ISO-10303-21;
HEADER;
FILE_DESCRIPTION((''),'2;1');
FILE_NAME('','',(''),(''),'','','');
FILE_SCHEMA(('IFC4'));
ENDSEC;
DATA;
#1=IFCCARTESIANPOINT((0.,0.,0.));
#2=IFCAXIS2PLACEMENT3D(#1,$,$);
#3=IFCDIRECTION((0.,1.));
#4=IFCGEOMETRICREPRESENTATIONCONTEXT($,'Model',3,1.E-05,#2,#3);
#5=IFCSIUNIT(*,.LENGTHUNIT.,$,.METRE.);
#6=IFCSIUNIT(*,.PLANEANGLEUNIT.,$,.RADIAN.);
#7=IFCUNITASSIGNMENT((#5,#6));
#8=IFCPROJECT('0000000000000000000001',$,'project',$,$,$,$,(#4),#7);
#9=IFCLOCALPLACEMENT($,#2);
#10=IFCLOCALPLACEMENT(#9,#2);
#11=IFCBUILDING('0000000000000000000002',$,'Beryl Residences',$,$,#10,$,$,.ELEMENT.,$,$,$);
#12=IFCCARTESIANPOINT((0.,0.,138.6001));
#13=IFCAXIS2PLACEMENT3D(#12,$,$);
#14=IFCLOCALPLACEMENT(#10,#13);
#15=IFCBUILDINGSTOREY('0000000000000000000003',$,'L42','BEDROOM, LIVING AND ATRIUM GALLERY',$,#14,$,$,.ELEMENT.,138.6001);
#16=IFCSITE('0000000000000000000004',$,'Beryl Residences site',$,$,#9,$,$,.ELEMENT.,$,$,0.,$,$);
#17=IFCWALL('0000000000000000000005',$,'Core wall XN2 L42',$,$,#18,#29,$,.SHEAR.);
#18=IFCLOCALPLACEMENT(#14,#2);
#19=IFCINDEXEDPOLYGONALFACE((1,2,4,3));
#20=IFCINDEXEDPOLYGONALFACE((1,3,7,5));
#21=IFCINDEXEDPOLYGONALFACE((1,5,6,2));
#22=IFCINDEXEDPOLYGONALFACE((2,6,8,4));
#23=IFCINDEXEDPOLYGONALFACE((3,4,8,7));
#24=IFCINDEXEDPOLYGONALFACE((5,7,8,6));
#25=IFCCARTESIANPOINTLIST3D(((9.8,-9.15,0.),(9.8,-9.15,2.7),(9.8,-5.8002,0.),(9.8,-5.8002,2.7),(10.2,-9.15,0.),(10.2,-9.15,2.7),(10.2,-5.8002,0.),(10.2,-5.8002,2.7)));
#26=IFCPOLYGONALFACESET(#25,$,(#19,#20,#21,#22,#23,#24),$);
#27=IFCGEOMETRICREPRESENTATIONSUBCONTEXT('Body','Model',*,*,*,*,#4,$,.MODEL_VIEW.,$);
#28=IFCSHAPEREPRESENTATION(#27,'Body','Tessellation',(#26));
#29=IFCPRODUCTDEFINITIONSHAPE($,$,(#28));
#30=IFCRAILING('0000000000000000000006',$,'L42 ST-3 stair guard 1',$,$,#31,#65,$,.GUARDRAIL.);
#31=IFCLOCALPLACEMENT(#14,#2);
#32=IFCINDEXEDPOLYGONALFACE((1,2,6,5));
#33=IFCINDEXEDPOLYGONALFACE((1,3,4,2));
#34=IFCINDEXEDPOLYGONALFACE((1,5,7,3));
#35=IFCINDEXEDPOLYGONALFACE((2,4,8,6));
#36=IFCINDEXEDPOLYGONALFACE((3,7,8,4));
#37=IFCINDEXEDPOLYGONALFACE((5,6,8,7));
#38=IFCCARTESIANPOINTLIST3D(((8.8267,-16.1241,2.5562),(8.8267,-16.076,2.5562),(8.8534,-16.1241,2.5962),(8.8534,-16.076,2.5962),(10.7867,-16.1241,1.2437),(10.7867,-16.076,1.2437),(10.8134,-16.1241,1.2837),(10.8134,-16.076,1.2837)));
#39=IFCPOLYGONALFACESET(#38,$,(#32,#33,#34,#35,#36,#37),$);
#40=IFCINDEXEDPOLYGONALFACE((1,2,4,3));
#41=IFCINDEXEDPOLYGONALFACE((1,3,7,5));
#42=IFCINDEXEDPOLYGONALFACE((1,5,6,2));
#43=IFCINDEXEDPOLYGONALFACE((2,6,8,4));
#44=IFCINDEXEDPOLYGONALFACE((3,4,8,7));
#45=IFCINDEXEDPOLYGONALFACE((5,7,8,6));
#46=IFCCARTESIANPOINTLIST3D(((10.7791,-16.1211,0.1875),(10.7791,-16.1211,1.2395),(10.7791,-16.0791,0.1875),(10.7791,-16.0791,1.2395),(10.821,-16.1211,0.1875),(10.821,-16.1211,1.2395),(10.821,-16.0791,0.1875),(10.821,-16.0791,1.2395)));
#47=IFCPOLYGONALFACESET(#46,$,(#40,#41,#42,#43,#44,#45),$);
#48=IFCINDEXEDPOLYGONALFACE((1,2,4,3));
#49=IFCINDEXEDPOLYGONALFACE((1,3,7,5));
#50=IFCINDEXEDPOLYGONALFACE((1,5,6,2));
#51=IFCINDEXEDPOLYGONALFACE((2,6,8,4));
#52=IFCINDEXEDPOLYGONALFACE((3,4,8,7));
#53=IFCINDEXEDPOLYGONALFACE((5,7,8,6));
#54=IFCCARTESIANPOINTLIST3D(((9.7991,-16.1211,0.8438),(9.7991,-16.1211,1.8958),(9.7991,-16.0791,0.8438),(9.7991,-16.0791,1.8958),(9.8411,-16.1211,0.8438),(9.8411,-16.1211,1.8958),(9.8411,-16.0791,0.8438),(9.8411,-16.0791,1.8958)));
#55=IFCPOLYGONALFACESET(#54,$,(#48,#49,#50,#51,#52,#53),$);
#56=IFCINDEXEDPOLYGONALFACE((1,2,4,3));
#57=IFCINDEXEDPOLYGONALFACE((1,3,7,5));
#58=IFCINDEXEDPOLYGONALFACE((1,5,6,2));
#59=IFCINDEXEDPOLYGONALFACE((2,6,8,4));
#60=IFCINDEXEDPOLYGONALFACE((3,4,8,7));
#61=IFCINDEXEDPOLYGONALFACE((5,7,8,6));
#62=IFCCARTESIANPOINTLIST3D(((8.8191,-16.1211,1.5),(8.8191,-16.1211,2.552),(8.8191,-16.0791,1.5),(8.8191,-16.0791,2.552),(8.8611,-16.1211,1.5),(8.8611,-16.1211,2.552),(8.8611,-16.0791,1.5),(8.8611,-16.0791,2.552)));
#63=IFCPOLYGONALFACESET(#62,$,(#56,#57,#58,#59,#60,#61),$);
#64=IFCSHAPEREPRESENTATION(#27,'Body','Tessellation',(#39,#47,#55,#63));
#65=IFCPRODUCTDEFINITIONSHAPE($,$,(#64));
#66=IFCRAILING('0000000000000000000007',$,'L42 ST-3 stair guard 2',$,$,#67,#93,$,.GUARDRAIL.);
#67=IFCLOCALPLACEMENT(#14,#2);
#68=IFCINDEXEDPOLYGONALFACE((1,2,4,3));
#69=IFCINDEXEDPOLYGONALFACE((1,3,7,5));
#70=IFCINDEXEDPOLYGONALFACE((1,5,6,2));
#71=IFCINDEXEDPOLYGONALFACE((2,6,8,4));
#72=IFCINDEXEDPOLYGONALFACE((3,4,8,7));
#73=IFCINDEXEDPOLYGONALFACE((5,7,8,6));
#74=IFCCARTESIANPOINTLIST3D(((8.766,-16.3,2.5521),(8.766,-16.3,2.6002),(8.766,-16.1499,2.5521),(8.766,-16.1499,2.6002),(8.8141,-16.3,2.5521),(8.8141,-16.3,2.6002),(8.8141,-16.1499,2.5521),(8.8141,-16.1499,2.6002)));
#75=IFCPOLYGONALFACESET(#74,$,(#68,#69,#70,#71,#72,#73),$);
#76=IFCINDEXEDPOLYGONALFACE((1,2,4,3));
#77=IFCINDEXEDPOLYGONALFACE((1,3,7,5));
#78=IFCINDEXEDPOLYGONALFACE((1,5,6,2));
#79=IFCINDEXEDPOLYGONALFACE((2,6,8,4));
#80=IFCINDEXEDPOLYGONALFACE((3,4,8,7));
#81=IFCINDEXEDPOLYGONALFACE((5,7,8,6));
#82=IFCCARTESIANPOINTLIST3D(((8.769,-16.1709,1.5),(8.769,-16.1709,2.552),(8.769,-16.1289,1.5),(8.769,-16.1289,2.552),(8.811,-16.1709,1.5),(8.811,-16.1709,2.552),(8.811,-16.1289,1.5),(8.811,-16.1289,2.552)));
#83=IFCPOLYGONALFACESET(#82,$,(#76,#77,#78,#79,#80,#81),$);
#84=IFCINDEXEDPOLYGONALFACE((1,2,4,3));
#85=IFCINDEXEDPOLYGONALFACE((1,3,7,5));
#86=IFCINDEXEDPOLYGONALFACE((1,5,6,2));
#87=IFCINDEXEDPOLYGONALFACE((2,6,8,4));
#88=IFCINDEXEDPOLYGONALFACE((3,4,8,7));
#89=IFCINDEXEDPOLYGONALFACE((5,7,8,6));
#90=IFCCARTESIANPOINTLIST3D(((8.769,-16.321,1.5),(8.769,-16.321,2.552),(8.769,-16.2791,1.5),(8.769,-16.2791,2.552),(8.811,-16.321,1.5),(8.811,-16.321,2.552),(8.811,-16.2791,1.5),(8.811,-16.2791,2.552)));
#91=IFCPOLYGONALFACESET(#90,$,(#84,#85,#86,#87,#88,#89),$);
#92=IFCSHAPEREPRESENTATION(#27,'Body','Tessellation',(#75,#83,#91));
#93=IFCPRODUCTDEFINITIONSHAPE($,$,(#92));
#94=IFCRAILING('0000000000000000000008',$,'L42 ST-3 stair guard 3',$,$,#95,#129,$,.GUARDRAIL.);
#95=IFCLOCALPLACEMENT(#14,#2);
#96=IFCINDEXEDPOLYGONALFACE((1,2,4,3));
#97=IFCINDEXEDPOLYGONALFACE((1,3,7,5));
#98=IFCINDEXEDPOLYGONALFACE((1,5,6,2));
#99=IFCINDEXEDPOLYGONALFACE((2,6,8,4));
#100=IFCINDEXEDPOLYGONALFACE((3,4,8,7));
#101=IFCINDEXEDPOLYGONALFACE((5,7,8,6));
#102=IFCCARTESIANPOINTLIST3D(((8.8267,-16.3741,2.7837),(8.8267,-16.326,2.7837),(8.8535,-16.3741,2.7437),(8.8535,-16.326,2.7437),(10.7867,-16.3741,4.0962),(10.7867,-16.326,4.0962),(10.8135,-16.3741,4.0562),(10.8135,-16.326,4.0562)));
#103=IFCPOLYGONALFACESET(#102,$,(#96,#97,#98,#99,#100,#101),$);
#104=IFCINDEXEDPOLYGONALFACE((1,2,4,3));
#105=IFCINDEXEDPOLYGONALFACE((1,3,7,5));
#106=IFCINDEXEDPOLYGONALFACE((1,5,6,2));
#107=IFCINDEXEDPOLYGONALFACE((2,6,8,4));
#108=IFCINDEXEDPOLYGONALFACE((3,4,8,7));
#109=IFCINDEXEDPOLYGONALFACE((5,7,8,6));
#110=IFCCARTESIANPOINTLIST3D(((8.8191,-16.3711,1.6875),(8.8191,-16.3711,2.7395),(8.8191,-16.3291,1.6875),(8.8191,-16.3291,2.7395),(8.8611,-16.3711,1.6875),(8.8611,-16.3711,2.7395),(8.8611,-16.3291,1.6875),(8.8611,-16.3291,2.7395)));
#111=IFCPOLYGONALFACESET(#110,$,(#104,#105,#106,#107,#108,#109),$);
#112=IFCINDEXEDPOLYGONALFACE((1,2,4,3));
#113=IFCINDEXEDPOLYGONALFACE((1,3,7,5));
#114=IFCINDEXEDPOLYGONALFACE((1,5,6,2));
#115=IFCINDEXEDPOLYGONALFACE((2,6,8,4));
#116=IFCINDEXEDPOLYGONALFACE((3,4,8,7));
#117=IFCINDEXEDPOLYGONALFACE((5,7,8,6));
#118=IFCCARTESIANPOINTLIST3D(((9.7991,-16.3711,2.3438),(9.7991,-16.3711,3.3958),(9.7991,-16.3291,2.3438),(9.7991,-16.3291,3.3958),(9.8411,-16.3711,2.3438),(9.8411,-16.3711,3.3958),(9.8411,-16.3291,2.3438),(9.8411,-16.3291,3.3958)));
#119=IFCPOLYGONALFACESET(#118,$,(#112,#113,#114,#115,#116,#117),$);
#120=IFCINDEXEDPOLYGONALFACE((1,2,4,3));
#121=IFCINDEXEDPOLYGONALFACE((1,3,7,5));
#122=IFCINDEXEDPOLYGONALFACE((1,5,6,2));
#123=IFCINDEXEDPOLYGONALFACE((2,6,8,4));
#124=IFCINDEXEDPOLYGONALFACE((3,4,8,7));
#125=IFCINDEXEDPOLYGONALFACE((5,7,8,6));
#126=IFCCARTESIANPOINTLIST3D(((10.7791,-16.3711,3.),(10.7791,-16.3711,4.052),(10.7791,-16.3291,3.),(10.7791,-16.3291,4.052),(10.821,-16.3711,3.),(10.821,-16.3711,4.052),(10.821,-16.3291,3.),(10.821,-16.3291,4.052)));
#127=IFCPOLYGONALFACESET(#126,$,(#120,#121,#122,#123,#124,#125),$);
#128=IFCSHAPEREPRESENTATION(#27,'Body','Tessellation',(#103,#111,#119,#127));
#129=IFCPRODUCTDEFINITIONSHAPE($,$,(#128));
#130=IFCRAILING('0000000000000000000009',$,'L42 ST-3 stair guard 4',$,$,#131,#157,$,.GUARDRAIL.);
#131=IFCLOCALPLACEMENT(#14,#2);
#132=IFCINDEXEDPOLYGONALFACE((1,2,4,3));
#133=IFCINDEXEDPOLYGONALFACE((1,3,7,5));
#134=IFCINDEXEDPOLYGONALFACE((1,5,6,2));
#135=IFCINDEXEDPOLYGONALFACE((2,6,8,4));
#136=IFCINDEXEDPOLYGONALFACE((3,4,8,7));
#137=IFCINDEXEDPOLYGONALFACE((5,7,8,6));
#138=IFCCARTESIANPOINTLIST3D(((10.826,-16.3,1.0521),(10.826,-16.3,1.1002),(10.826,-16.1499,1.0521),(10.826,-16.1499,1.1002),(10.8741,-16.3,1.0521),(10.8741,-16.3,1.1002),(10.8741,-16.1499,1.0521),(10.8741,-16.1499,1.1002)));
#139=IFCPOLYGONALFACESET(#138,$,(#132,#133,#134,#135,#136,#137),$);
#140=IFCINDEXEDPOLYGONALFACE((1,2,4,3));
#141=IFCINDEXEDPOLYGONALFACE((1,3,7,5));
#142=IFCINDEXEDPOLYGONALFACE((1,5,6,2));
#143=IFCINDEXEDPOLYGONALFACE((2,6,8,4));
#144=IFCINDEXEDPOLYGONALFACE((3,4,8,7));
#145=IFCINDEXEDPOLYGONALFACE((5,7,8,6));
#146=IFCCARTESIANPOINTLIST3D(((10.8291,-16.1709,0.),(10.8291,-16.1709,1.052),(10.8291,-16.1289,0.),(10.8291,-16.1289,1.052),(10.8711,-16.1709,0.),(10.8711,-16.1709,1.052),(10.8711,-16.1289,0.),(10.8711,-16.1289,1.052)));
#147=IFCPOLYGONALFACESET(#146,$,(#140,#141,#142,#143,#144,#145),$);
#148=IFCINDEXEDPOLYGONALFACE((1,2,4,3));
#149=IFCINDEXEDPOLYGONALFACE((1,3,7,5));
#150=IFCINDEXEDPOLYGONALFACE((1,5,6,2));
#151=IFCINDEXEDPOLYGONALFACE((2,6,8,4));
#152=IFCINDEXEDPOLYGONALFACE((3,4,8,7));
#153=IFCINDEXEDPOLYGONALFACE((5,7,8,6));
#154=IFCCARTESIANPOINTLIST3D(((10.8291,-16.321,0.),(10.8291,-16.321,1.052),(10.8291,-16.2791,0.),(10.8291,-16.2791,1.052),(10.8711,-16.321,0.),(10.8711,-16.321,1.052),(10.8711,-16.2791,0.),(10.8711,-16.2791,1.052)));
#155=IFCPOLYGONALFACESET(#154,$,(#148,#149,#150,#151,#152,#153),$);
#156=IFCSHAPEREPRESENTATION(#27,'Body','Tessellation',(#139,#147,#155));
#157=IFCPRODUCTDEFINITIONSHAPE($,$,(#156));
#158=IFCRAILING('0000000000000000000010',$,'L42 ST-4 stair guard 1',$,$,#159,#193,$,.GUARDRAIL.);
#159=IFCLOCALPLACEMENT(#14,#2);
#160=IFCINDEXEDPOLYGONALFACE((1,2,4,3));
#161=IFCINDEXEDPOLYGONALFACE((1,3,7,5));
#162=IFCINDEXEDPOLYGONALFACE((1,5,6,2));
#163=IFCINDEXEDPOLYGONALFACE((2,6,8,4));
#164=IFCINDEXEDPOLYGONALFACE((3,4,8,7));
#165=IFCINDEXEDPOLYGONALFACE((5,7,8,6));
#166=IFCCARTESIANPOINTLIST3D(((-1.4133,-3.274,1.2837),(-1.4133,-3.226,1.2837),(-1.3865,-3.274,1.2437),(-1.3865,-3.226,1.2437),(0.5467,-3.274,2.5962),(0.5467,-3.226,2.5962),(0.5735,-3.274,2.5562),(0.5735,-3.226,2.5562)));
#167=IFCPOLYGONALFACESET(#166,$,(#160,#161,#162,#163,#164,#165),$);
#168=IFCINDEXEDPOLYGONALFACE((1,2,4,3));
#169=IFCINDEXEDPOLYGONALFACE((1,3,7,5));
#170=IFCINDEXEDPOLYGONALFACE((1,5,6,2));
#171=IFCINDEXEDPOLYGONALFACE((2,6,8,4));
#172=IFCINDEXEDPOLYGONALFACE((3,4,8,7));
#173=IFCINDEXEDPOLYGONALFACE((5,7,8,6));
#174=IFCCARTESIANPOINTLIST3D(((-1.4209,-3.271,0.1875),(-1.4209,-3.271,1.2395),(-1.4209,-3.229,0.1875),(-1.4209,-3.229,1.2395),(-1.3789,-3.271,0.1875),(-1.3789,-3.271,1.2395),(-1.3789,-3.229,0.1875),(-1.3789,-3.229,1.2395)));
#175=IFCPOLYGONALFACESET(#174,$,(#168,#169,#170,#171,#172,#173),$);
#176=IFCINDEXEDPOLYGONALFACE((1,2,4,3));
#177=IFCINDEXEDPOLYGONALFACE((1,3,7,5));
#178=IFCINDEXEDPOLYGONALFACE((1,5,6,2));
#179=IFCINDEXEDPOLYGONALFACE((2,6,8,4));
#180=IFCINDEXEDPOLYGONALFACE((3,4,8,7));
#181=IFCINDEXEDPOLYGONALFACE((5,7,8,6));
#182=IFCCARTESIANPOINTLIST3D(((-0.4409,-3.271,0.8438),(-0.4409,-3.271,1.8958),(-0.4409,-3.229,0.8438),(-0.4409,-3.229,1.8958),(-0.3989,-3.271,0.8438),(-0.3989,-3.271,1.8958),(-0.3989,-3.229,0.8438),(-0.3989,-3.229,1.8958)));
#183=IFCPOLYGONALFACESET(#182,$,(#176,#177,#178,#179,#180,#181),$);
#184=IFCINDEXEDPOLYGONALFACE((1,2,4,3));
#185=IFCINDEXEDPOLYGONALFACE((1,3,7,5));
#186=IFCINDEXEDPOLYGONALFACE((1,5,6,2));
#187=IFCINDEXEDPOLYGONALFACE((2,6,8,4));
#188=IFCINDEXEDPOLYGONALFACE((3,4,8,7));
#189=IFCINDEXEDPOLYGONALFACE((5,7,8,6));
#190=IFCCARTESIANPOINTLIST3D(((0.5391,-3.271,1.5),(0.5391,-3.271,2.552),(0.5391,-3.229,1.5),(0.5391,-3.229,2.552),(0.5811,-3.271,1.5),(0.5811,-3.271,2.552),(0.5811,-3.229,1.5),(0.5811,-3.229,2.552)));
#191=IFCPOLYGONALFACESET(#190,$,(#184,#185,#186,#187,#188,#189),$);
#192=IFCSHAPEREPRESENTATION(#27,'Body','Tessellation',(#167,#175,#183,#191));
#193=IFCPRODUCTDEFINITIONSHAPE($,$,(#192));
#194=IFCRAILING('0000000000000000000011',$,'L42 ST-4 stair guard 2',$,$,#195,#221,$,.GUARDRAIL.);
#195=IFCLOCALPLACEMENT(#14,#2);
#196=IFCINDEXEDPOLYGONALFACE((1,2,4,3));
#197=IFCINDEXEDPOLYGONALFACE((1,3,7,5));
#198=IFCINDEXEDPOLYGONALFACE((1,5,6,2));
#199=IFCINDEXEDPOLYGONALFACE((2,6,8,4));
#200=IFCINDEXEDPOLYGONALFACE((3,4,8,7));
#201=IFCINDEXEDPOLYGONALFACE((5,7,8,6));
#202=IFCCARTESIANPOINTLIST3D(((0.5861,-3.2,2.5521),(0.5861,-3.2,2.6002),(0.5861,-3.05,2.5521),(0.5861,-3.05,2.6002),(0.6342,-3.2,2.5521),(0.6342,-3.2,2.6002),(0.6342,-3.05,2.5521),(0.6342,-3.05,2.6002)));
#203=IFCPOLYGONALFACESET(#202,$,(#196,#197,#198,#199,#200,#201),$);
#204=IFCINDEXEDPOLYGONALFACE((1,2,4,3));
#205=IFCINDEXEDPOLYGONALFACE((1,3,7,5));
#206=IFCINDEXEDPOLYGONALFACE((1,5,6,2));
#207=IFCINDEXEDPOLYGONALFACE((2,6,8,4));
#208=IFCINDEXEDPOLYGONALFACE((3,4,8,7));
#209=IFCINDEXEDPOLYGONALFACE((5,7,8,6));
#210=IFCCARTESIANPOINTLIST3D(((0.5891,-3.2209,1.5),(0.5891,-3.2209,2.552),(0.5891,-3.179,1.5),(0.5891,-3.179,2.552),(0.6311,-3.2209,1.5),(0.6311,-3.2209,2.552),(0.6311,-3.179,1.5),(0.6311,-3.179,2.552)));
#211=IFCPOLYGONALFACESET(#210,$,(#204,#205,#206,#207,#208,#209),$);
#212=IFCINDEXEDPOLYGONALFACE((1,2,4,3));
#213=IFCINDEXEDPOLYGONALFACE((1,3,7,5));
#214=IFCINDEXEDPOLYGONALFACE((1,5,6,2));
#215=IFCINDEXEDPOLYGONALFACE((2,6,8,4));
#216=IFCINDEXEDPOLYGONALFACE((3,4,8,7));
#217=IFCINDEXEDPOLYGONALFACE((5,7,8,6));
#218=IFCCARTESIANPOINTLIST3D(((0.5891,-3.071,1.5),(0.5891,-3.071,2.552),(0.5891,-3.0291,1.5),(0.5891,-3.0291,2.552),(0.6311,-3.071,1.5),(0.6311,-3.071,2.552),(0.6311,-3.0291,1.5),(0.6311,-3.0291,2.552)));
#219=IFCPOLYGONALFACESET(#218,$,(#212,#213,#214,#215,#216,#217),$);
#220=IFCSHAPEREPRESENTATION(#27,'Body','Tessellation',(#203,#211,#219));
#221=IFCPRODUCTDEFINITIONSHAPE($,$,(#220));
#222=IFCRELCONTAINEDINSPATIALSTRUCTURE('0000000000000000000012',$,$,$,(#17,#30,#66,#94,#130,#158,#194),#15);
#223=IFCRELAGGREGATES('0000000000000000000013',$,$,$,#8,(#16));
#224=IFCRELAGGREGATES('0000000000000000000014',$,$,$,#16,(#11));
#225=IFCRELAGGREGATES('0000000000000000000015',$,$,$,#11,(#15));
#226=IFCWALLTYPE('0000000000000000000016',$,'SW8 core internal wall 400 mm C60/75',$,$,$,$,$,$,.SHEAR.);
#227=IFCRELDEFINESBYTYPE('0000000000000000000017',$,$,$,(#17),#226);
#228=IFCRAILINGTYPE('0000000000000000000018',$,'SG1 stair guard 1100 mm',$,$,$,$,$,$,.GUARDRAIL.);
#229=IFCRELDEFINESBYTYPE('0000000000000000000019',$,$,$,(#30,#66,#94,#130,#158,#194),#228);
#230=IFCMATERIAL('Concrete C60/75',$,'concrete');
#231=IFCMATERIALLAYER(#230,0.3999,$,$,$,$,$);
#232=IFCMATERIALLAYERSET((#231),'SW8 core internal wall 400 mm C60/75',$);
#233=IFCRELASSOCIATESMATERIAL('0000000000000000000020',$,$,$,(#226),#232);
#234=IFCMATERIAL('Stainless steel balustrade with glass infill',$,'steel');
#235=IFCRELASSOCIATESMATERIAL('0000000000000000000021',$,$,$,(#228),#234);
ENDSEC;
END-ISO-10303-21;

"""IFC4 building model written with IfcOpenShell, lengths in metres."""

from ifc_helpers import new_model, si_unit, direction, frame, frame_2d, origin, origin_2d, place, context, subcontext, project, spatial, rectangle, extrude, material, layer, layer_set, type_object, element, save


model = new_model("IFC4")

# Units and contexts
model_context = context("Model", 3, precision=1e-05, world=origin(), true_north=direction((0.0, 1.0)))
body_context = subcontext(model_context, "Body", "Model", "MODEL_VIEW")
ifc_project = project(units=[si_unit("LENGTHUNIT", "METRE"), si_unit("PLANEANGLEUNIT", "RADIAN")], contexts=[model_context])

# Site, building, storey
site_placement = place(None, origin())
site = spatial("IfcSite", under=ifc_project, at=site_placement, Name="Beryl Residences site", CompositionType="ELEMENT", RefElevation=0.0)
building_placement = place(site_placement, origin())
building = spatial("IfcBuilding", under=site, at=building_placement, Name="Beryl Residences", CompositionType="ELEMENT")
storey_placement = place(building_placement, frame((0.0, 0.0, 138.6001)))
storey = spatial("IfcBuildingStorey", under=building, at=storey_placement, Name="L42", Description="BEDROOM, LIVING AND ATRIUM GALLERY", CompositionType="ELEMENT", Elevation=138.6001)

# Wall
ifc_material_1 = material(Name="Concrete C60/75", Category="concrete")
ifc_layer_1 = layer(ifc_material_1, 0.3999)
ifc_layer_set_1 = layer_set([ifc_layer_1], Name="SW8 core internal wall 400 mm C60/75")
wall_type_1 = type_object("IfcWallType", Name="SW8 core internal wall 400 mm C60/75", PredefinedType="SHEAR", material=ifc_layer_set_1)
wall_1_placement = place(storey_placement, frame((10.0, -9.1499, 0.0), z_axis=(0.0, 0.0, 1.0), x_axis=(0.0, 1.0, 0.0)))
element("IfcWall", 1, at=wall_1_placement, inside=storey, type_object=wall_type_1, Name="Core wall XN2 L42", PredefinedType="SHEAR", context=body_context, shape_type="SweptSolid", body=[
    extrude(rectangle(XDim=3.3499, YDim=0.3999, at=frame_2d((1.6748, 0.0))), origin(), (0.0, 0.0, 1.0), 2.7),
])

# Railings
ifc_material_2 = material(Name="Stainless steel balustrade with glass infill", Category="steel")
railing_type_1 = type_object("IfcRailingType", Name="SG1 stair guard 1100 mm", PredefinedType="GUARDRAIL", material=ifc_material_2)
railing_1_placement = place(storey_placement, frame((10.8, -16.1001, 0.1875)))
element("IfcRailing", 2, at=railing_1_placement, inside=storey, type_object=railing_type_1, Name="L42 ST-3 stair guard 1", PredefinedType="GUARDRAIL", context=body_context, shape_type="SweptSolid", body=[
    extrude(rectangle(XDim=0.0481, YDim=0.0481, at=origin_2d()), frame((0.0, 0.0, 1.0762), z_axis=(-0.830902, 0.0, 0.556419), x_axis=(0.0, -1.0, 0.0)), (0.0, 0.0, 1.0), 2.3589),
    extrude(rectangle(XDim=0.042, YDim=0.042, at=origin_2d()), origin(), (0.0, 0.0, 1.0), 1.052),
    extrude(rectangle(XDim=0.042, YDim=0.042, at=origin_2d()), frame((-0.98, 0.0, 0.6562)), (0.0, 0.0, 1.0), 1.052),
    extrude(rectangle(XDim=0.042, YDim=0.042, at=origin_2d()), frame((-1.96, 0.0, 1.3125)), (0.0, 0.0, 1.0), 1.052),
])
railing_2_placement = place(storey_placement, frame((8.79, -16.1499, 1.5)))
element("IfcRailing", 3, at=railing_2_placement, inside=storey, type_object=railing_type_1, Name="L42 ST-3 stair guard 2", PredefinedType="GUARDRAIL", context=body_context, shape_type="SweptSolid", body=[
    extrude(rectangle(XDim=0.0481, YDim=0.0481, at=origin_2d()), frame((0.0, 0.0, 1.0762), z_axis=(0.0, -1.0, 0.0), x_axis=(1.0, 0.0, 0.0)), (0.0, 0.0, 1.0), 0.1501),
    extrude(rectangle(XDim=0.042, YDim=0.042, at=origin_2d()), origin(), (0.0, 0.0, 1.0), 1.052),
    extrude(rectangle(XDim=0.042, YDim=0.042, at=origin_2d()), frame((0.0, -0.1501, 0.0)), (0.0, 0.0, 1.0), 1.052),
])
railing_3_placement = place(storey_placement, frame((8.8401, -16.3501, 1.6875)))
element("IfcRailing", 4, at=railing_3_placement, inside=storey, type_object=railing_type_1, Name="L42 ST-3 stair guard 3", PredefinedType="GUARDRAIL", context=body_context, shape_type="SweptSolid", body=[
    extrude(rectangle(XDim=0.0481, YDim=0.0481, at=origin_2d()), frame((0.0, 0.0, 1.0762), z_axis=(0.830902, 0.0, 0.556419), x_axis=(0.0, 1.0, 0.0)), (0.0, 0.0, 1.0), 2.3589),
    extrude(rectangle(XDim=0.042, YDim=0.042, at=origin_2d()), origin(), (0.0, 0.0, 1.0), 1.052),
    extrude(rectangle(XDim=0.042, YDim=0.042, at=origin_2d()), frame((0.98, 0.0, 0.6562)), (0.0, 0.0, 1.0), 1.052),
    extrude(rectangle(XDim=0.042, YDim=0.042, at=origin_2d()), frame((1.96, 0.0, 1.3125)), (0.0, 0.0, 1.0), 1.052),
])
railing_4_placement = place(storey_placement, frame((10.8501, -16.1499, 0.0)))
element("IfcRailing", 5, at=railing_4_placement, inside=storey, type_object=railing_type_1, Name="L42 ST-3 stair guard 4", PredefinedType="GUARDRAIL", context=body_context, shape_type="SweptSolid", body=[
    extrude(rectangle(XDim=0.0481, YDim=0.0481, at=origin_2d()), frame((0.0, 0.0, 1.0762), z_axis=(0.0, -1.0, 0.0), x_axis=(1.0, 0.0, 0.0)), (0.0, 0.0, 1.0), 0.1501),
    extrude(rectangle(XDim=0.042, YDim=0.042, at=origin_2d()), origin(), (0.0, 0.0, 1.0), 1.052),
    extrude(rectangle(XDim=0.042, YDim=0.042, at=origin_2d()), frame((0.0, -0.1501, 0.0)), (0.0, 0.0, 1.0), 1.052),
])
railing_5_placement = place(storey_placement, frame((-1.3999, -3.25, 0.1875)))
element("IfcRailing", 6, at=railing_5_placement, inside=storey, type_object=railing_type_1, Name="L42 ST-4 stair guard 1", PredefinedType="GUARDRAIL", context=body_context, shape_type="SweptSolid", body=[
    extrude(rectangle(XDim=0.0481, YDim=0.0481, at=origin_2d()), frame((0.0, 0.0, 1.0762), z_axis=(0.830902, 0.0, 0.556419), x_axis=(0.0, 1.0, 0.0)), (0.0, 0.0, 1.0), 2.3589),
    extrude(rectangle(XDim=0.042, YDim=0.042, at=origin_2d()), origin(), (0.0, 0.0, 1.0), 1.052),
    extrude(rectangle(XDim=0.042, YDim=0.042, at=origin_2d()), frame((0.98, 0.0, 0.6562)), (0.0, 0.0, 1.0), 1.052),
    extrude(rectangle(XDim=0.042, YDim=0.042, at=origin_2d()), frame((1.96, 0.0, 1.3125)), (0.0, 0.0, 1.0), 1.052),
])
railing_6_placement = place(storey_placement, frame((0.6101, -3.2, 1.5)))
element("IfcRailing", 7, at=railing_6_placement, inside=storey, type_object=railing_type_1, Name="L42 ST-4 stair guard 2", PredefinedType="GUARDRAIL", context=body_context, shape_type="SweptSolid", body=[
    extrude(rectangle(XDim=0.0481, YDim=0.0481, at=origin_2d()), frame((0.0, 0.0, 1.0762), z_axis=(0.0, 1.0, 0.0), x_axis=(-1.0, 0.0, 0.0)), (0.0, 0.0, 1.0), 0.1499),
    extrude(rectangle(XDim=0.042, YDim=0.042, at=origin_2d()), origin(), (0.0, 0.0, 1.0), 1.052),
    extrude(rectangle(XDim=0.042, YDim=0.042, at=origin_2d()), frame((0.0, 0.1499, 0.0)), (0.0, 0.0, 1.0), 1.052),
])

save(model, "model.ifc")
